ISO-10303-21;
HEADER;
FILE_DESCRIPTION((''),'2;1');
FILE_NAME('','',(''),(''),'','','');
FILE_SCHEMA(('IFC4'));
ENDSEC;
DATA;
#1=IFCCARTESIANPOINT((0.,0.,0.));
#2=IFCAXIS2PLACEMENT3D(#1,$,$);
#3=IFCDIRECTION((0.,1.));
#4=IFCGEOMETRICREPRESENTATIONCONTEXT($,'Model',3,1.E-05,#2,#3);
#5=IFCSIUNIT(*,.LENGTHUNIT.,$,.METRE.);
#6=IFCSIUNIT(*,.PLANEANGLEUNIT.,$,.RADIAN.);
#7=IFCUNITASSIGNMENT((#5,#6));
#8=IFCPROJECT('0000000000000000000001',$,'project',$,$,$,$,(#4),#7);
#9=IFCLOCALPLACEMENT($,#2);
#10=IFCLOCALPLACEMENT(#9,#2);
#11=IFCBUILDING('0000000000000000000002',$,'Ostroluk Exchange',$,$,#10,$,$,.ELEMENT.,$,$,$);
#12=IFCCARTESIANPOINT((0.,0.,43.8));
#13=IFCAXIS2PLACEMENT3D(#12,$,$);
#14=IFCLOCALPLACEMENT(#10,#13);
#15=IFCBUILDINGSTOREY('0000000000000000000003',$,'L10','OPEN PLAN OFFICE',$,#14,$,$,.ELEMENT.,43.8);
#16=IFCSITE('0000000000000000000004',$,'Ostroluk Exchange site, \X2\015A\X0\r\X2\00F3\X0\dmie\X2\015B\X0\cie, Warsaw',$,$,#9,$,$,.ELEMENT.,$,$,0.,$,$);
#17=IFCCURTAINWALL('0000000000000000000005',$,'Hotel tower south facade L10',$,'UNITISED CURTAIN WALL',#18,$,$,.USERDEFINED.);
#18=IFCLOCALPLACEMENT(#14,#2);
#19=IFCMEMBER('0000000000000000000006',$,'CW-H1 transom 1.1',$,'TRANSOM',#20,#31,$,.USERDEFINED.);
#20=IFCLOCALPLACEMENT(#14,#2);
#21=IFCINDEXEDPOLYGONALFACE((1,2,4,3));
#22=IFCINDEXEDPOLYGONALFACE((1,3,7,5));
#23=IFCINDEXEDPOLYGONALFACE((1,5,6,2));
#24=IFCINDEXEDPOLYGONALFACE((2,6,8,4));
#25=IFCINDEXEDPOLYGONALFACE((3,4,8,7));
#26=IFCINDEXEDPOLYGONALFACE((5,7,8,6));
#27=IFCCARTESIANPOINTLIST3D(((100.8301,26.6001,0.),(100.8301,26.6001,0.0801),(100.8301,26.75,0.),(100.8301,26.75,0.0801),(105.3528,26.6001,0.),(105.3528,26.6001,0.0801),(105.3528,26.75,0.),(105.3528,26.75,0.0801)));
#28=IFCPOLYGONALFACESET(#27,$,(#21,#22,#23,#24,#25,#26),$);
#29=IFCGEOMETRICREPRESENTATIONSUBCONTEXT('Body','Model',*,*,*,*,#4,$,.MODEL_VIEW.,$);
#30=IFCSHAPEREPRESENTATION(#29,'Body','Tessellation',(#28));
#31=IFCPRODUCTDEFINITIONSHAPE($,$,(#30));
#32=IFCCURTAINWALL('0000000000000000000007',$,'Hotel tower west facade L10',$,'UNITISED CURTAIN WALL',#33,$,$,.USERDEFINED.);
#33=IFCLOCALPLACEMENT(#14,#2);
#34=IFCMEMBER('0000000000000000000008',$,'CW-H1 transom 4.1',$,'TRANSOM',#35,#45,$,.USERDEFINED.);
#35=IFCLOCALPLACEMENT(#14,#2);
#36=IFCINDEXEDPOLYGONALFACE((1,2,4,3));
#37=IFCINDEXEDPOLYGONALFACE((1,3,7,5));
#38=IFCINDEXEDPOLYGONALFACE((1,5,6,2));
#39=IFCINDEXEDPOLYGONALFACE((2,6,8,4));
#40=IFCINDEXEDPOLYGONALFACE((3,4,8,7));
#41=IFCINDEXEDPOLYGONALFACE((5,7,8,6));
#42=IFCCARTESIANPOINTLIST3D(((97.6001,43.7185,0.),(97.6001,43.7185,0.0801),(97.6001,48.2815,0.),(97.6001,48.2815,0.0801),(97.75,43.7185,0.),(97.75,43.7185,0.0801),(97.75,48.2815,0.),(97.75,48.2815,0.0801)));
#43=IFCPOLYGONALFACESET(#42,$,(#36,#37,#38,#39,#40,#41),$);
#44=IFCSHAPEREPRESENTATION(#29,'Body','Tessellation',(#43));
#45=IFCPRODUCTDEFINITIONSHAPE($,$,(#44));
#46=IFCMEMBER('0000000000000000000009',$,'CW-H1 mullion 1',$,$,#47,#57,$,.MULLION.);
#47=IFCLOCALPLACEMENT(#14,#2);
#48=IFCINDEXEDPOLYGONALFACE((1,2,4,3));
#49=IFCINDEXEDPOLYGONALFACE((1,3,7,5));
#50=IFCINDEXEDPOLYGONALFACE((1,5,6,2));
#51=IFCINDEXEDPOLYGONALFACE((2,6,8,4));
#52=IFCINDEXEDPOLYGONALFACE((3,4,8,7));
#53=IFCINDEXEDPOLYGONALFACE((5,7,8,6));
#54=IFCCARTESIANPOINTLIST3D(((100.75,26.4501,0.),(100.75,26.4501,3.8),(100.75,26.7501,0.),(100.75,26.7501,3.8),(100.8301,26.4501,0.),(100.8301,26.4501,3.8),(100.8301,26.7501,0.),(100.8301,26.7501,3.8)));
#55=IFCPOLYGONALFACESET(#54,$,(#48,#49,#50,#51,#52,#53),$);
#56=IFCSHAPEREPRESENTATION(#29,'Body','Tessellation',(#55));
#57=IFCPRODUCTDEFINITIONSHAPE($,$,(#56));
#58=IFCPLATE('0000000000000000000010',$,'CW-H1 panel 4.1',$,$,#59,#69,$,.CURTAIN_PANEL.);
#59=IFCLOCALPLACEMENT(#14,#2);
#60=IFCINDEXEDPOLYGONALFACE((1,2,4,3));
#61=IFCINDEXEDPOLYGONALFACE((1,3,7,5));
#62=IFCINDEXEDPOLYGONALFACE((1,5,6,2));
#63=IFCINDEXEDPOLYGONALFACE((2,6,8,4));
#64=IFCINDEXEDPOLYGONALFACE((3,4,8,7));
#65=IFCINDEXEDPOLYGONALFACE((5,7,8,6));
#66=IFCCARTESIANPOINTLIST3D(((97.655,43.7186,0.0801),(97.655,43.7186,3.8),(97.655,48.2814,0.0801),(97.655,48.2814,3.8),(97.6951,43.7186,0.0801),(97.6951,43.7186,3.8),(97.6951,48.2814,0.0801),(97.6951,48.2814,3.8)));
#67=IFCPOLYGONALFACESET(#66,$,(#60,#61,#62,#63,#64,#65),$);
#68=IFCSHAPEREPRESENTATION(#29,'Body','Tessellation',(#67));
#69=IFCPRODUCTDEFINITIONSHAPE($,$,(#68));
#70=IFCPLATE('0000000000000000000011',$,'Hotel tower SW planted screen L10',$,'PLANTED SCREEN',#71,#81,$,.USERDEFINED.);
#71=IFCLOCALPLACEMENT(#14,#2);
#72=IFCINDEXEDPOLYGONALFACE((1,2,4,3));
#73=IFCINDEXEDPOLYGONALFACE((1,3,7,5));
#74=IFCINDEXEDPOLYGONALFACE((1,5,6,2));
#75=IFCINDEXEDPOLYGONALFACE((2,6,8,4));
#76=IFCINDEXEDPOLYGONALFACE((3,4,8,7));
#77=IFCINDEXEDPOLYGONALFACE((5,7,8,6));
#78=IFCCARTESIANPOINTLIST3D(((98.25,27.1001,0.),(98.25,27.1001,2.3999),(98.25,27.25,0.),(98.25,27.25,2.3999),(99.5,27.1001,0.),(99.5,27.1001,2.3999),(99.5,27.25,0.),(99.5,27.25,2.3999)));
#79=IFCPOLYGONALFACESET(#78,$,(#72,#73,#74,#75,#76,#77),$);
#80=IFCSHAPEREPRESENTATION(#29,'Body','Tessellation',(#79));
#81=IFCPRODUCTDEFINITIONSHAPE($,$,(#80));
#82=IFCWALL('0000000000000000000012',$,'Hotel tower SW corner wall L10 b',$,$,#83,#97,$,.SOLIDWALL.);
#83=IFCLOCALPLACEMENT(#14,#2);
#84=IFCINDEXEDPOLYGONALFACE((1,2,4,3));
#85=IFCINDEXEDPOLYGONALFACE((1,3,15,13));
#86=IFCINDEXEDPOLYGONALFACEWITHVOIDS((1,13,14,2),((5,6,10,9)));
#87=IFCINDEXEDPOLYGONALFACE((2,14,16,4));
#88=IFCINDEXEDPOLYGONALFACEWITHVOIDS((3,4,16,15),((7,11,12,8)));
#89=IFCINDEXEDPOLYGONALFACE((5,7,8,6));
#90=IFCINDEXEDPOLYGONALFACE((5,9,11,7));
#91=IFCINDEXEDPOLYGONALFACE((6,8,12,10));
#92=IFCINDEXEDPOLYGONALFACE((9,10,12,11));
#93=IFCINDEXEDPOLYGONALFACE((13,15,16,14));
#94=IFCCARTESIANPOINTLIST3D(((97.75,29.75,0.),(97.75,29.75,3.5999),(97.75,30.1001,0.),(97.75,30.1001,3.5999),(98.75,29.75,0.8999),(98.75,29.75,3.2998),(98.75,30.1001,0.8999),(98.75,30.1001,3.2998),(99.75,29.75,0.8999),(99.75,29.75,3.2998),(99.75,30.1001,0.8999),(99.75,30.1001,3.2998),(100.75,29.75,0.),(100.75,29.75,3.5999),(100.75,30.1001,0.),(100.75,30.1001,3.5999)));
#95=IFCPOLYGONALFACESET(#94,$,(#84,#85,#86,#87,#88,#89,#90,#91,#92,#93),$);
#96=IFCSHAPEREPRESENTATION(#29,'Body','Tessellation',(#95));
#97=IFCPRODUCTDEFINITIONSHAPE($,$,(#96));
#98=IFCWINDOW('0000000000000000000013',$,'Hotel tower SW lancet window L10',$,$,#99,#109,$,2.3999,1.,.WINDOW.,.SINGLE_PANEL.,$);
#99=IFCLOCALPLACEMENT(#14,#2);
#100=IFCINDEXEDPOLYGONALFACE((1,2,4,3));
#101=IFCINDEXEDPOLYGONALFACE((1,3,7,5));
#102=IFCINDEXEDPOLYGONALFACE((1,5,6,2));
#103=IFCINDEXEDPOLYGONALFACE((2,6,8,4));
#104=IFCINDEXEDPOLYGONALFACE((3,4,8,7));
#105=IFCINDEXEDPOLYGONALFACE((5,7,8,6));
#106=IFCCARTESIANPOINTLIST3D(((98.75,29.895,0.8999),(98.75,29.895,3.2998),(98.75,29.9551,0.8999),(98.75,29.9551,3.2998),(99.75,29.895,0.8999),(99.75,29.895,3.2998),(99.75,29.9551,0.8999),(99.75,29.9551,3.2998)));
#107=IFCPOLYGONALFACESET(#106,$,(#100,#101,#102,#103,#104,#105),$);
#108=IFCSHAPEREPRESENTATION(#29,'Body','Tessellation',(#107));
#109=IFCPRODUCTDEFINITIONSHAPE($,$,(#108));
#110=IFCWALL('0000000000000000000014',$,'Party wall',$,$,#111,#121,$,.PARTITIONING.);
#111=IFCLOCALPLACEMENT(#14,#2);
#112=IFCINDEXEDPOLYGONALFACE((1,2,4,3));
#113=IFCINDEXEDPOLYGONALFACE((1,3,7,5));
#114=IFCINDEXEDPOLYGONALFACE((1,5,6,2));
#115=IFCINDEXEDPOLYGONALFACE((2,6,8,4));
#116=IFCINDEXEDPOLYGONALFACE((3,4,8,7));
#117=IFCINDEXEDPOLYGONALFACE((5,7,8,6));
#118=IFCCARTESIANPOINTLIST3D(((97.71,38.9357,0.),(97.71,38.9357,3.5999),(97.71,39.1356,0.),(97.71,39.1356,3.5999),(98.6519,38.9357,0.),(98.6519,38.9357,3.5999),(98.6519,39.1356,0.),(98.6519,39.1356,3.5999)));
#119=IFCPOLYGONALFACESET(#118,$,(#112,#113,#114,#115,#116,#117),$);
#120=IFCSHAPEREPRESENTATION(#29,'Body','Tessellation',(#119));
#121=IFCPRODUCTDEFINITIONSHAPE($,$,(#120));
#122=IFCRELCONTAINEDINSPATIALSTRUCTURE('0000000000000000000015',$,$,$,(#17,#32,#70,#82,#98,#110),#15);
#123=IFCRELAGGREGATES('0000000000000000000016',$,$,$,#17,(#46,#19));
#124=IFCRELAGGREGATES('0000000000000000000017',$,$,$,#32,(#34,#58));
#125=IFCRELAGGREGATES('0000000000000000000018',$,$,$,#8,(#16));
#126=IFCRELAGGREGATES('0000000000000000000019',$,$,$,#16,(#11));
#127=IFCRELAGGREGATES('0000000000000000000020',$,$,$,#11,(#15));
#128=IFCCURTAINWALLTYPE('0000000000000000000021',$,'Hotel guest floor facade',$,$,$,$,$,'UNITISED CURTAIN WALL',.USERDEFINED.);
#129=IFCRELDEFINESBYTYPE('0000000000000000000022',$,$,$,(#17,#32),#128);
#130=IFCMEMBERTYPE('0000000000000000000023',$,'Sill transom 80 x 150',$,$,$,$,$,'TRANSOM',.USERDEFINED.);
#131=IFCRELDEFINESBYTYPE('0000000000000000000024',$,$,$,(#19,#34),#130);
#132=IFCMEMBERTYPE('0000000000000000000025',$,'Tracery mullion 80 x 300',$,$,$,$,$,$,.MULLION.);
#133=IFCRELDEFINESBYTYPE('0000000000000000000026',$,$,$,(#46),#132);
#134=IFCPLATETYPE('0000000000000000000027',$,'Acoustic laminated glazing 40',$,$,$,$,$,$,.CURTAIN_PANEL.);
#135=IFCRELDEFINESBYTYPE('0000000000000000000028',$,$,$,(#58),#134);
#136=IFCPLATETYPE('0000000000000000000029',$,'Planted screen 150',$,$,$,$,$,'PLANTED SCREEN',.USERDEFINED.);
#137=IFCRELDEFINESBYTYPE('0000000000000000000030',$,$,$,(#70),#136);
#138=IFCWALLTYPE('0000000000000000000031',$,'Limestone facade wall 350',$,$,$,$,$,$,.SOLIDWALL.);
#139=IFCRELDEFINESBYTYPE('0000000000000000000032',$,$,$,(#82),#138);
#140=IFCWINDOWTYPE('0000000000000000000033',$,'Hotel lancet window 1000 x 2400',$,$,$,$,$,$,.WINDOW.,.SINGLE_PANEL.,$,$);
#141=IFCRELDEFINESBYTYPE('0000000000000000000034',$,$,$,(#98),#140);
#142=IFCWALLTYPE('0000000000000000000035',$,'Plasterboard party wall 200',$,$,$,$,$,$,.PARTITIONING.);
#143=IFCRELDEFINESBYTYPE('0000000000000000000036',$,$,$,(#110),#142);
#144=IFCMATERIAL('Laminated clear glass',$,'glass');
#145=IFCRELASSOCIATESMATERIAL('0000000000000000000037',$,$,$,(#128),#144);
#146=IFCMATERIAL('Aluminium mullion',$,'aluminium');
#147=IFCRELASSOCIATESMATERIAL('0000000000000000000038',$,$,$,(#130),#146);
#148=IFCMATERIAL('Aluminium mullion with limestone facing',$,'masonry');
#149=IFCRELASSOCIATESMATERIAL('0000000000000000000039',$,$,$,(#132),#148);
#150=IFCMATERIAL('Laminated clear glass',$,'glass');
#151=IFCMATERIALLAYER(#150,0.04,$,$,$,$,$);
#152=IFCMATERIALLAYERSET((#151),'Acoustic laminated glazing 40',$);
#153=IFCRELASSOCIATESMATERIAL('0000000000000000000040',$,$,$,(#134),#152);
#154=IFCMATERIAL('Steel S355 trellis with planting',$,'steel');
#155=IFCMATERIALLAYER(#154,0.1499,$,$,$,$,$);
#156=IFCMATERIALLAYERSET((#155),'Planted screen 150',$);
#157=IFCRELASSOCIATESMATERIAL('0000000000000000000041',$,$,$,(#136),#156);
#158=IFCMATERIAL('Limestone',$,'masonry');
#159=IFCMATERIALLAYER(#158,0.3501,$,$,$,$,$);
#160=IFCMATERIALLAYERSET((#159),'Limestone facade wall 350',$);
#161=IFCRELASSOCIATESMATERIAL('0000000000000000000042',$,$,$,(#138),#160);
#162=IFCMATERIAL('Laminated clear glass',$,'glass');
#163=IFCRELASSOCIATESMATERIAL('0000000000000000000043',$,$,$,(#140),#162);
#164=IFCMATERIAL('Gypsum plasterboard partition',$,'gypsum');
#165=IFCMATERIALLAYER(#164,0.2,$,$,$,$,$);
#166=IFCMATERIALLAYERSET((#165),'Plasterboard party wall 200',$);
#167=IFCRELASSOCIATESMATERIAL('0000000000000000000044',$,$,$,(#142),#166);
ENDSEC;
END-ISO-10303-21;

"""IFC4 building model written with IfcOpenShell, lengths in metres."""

from ifc_helpers import new_model, si_unit, direction, frame, frame_2d, origin, origin_2d, place, context, subcontext, project, spatial, rectangle, extrude, material, layer, layer_set, material_profile, profile_set, type_object, element, fill, aggregate, save


model = new_model("IFC4")

# Units and contexts
model_context = context("Model", 3, precision=1e-05, world=origin(), true_north=direction((0.0, 1.0)))
body_context = subcontext(model_context, "Body", "Model", "MODEL_VIEW")
ifc_project = project(units=[si_unit("LENGTHUNIT", "METRE"), si_unit("PLANEANGLEUNIT", "RADIAN")], contexts=[model_context])

# Site, building, storey
site_placement = place(None, origin())
site = spatial("IfcSite", under=ifc_project, at=site_placement, Name="Ostroluk Exchange site, Śródmieście, Warsaw", CompositionType="ELEMENT", RefElevation=0.0)
building_placement = place(site_placement, origin())
building = spatial("IfcBuilding", under=site, at=building_placement, Name="Ostroluk Exchange", CompositionType="ELEMENT")
storey_placement = place(building_placement, frame((0.0, 0.0, 43.8)))
storey = spatial("IfcBuildingStorey", under=building, at=storey_placement, Name="L10", Description="OPEN PLAN OFFICE", CompositionType="ELEMENT", Elevation=43.8)

# Curtain walls, members
ifc_material_1 = material(Name="Laminated clear glass", Category="glass")
curtain_wall_type = type_object("IfcCurtainWallType", Name="Hotel guest floor facade", ElementType="UNITISED CURTAIN WALL", PredefinedType="USERDEFINED", material=ifc_material_1)
curtain_wall_1_placement = place(storey_placement, origin())
curtain_wall_1 = element("IfcCurtainWall", 1, at=curtain_wall_1_placement, inside=storey, type_object=curtain_wall_type, Name="Hotel tower south facade L10", ObjectType="UNITISED CURTAIN WALL", PredefinedType="USERDEFINED")
ifc_material_2 = material(Name="Aluminium mullion", Category="aluminium")
ifc_material_profile_1 = material_profile(ifc_material_2, rectangle(XDim=0.1499, YDim=0.0801, at=origin_2d()), Name="Sill transom 80 x 150")
ifc_profile_set_1 = profile_set([ifc_material_profile_1], Name="Aluminium mullion")
member_type_1 = type_object("IfcMemberType", Name="Sill transom 80 x 150", ElementType="TRANSOM", PredefinedType="USERDEFINED", material=ifc_profile_set_1)
member_1_placement = place(storey_placement, frame((100.8301, 26.675, 0.04), z_axis=(1.0, 0.0, 0.0), x_axis=(0.0, 1.0, 0.0)))
member_1 = element("IfcMember", 2, at=member_1_placement, type_object=member_type_1, Name="CW-H1 transom 1.1", ObjectType="TRANSOM", PredefinedType="USERDEFINED", context=body_context, shape_type="SweptSolid", body=[
    extrude(rectangle(XDim=0.1499, YDim=0.0801, at=origin_2d()), origin(), (0.0, 0.0, 1.0), 4.5227),
])
curtain_wall_2_placement = place(storey_placement, origin())
curtain_wall_2 = element("IfcCurtainWall", 3, at=curtain_wall_2_placement, inside=storey, type_object=curtain_wall_type, Name="Hotel tower west facade L10", ObjectType="UNITISED CURTAIN WALL", PredefinedType="USERDEFINED")
member_2_placement = place(storey_placement, frame((97.675, 48.2815, 0.04), z_axis=(0.0, -1.0, 0.0), x_axis=(1.0, 0.0, 0.0)))
member_2 = element("IfcMember", 4, at=member_2_placement, type_object=member_type_1, Name="CW-H1 transom 4.1", ObjectType="TRANSOM", PredefinedType="USERDEFINED", context=body_context, shape_type="SweptSolid", body=[
    extrude(rectangle(XDim=0.1499, YDim=0.0801, at=origin_2d()), origin(), (0.0, 0.0, 1.0), 4.563),
])

# Member
ifc_material_3 = material(Name="Aluminium mullion with limestone facing", Category="masonry")
ifc_material_profile_2 = material_profile(ifc_material_3, rectangle(XDim=0.3, YDim=0.0801, at=origin_2d()), Name="Tracery mullion 80 x 300")
ifc_profile_set_2 = profile_set([ifc_material_profile_2], Name="Aluminium mullion with limestone facing")
member_type_2 = type_object("IfcMemberType", Name="Tracery mullion 80 x 300", PredefinedType="MULLION", material=ifc_profile_set_2)
member_3_placement = place(storey_placement, frame((100.79, 26.6001, 0.0), z_axis=(0.0, 0.0, 1.0), x_axis=(0.0, 1.0, 0.0)))
member_3 = element("IfcMember", 5, at=member_3_placement, type_object=member_type_2, Name="CW-H1 mullion 1", PredefinedType="MULLION", context=body_context, shape_type="SweptSolid", body=[
    extrude(rectangle(XDim=0.3, YDim=0.0801, at=origin_2d()), origin(), (0.0, 0.0, 1.0), 3.8),
])
aggregate(curtain_wall_1, [member_3, member_1])

# Plates
ifc_material_4 = material(Name="Laminated clear glass", Category="glass")
ifc_layer_1 = layer(ifc_material_4, 0.04)
ifc_layer_set_1 = layer_set([ifc_layer_1], Name="Acoustic laminated glazing 40")
plate_type_1 = type_object("IfcPlateType", Name="Acoustic laminated glazing 40", PredefinedType="CURTAIN_PANEL", material=ifc_layer_set_1)
plate_1_placement = place(storey_placement, frame((97.675, 46.0, 0.0801), z_axis=(0.0, 0.0, 1.0), x_axis=(0.0, -1.0, 0.0)))
plate_1 = element("IfcPlate", 6, at=plate_1_placement, type_object=plate_type_1, Name="CW-H1 panel 4.1", PredefinedType="CURTAIN_PANEL", context=body_context, shape_type="SweptSolid", body=[
    extrude(rectangle(XDim=4.5627, YDim=0.04, at=origin_2d()), origin(), (0.0, 0.0, 1.0), 3.72),
])
aggregate(curtain_wall_2, [member_2, plate_1])
ifc_material_5 = material(Name="Steel S355 trellis with planting", Category="steel")
ifc_layer_2 = layer(ifc_material_5, 0.1499)
ifc_layer_set_2 = layer_set([ifc_layer_2], Name="Planted screen 150")
plate_type_2 = type_object("IfcPlateType", Name="Planted screen 150", ElementType="PLANTED SCREEN", PredefinedType="USERDEFINED", material=ifc_layer_set_2)
plate_2_placement = place(storey_placement, frame((98.875, 27.175, 0.0), z_axis=(0.0, 0.0, 1.0), x_axis=(1.0, 0.0, 0.0)))
element("IfcPlate", 7, at=plate_2_placement, inside=storey, type_object=plate_type_2, Name="Hotel tower SW planted screen L10", ObjectType="PLANTED SCREEN", PredefinedType="USERDEFINED", context=body_context, shape_type="SweptSolid", body=[
    extrude(rectangle(XDim=1.25, YDim=0.1499, at=origin_2d()), origin(), (0.0, 0.0, 1.0), 2.3999),
])

# Shared definitions
ifc_material_6 = material(Name="Limestone", Category="masonry")
ifc_layer_3 = layer(ifc_material_6, 0.3501)
ifc_layer_set_3 = layer_set([ifc_layer_3], Name="Limestone facade wall 350")
wall_type_1 = type_object("IfcWallType", Name="Limestone facade wall 350", PredefinedType="SOLIDWALL", material=ifc_layer_set_3)

# Wall, opening, window
wall_1_placement = place(storey_placement, frame((100.75, 29.925, 0.0), z_axis=(0.0, 0.0, 1.0), x_axis=(-1.0, 0.0, 0.0)))
wall_1 = element("IfcWall", 8, at=wall_1_placement, inside=storey, type_object=wall_type_1, Name="Hotel tower SW corner wall L10 b", PredefinedType="SOLIDWALL", context=body_context, shape_type="SweptSolid", body=[
    extrude(rectangle(XDim=3.0, YDim=0.3501, at=frame_2d((1.5, 0.0))), origin(), (0.0, 0.0, 1.0), 3.5999),
])
opening_1_placement = place(wall_1_placement, frame((1.0, 0.0, 0.8999)))
opening_1 = element("IfcOpeningElement", 9, at=opening_1_placement, cuts=wall_1, PredefinedType="OPENING", context=body_context, shape_type="SweptSolid", body=[
    extrude(rectangle(XDim=1.0, YDim=2.3999, at=frame_2d((0.5, 1.2))), frame((0.0, 0.1851, 0.0), z_axis=(0.0, -1.0, 0.0), x_axis=(1.0, 0.0, 0.0)), (0.0, 0.0, 1.0), 0.3701),
])
ifc_material_7 = material(Name="Laminated clear glass", Category="glass")
window_type = type_object("IfcWindowType", Name="Hotel lancet window 1000 x 2400", PartitioningType="SINGLE_PANEL", PredefinedType="WINDOW", material=ifc_material_7)
window_placement = place(opening_1_placement, origin())
window = element("IfcWindow", 10, at=window_placement, inside=storey, type_object=window_type, Name="Hotel tower SW lancet window L10", OverallHeight=2.3999, OverallWidth=1.0, PartitioningType="SINGLE_PANEL", PredefinedType="WINDOW", context=body_context, shape_type="SweptSolid", body=[
    extrude(rectangle(XDim=1.0, YDim=2.3999, at=frame_2d((0.5, 1.2))), frame((0.0, 0.03, 0.0), z_axis=(0.0, -1.0, 0.0), x_axis=(1.0, 0.0, 0.0)), (0.0, 0.0, 1.0), 0.0601),
])
fill(opening_1, window)

# Wall
ifc_material_8 = material(Name="Gypsum plasterboard partition", Category="gypsum")
ifc_layer_4 = layer(ifc_material_8, 0.2)
ifc_layer_set_4 = layer_set([ifc_layer_4], Name="Plasterboard party wall 200")
wall_type_2 = type_object("IfcWallType", Name="Plasterboard party wall 200", PredefinedType="PARTITIONING", material=ifc_layer_set_4)
wall_2_placement = place(storey_placement, frame((98.6519, 39.0356, 0.0), z_axis=(0.0, 0.0, 1.0), x_axis=(-1.0, 0.0, 0.0)))
element("IfcWall", 11, at=wall_2_placement, inside=storey, type_object=wall_type_2, Name="Party wall", PredefinedType="PARTITIONING", context=body_context, shape_type="SweptSolid", body=[
    extrude(rectangle(XDim=0.9419, YDim=0.2, at=frame_2d((0.4709, 0.0))), origin(), (0.0, 0.0, 1.0), 3.5999),
])

save(model, "model.ifc")
